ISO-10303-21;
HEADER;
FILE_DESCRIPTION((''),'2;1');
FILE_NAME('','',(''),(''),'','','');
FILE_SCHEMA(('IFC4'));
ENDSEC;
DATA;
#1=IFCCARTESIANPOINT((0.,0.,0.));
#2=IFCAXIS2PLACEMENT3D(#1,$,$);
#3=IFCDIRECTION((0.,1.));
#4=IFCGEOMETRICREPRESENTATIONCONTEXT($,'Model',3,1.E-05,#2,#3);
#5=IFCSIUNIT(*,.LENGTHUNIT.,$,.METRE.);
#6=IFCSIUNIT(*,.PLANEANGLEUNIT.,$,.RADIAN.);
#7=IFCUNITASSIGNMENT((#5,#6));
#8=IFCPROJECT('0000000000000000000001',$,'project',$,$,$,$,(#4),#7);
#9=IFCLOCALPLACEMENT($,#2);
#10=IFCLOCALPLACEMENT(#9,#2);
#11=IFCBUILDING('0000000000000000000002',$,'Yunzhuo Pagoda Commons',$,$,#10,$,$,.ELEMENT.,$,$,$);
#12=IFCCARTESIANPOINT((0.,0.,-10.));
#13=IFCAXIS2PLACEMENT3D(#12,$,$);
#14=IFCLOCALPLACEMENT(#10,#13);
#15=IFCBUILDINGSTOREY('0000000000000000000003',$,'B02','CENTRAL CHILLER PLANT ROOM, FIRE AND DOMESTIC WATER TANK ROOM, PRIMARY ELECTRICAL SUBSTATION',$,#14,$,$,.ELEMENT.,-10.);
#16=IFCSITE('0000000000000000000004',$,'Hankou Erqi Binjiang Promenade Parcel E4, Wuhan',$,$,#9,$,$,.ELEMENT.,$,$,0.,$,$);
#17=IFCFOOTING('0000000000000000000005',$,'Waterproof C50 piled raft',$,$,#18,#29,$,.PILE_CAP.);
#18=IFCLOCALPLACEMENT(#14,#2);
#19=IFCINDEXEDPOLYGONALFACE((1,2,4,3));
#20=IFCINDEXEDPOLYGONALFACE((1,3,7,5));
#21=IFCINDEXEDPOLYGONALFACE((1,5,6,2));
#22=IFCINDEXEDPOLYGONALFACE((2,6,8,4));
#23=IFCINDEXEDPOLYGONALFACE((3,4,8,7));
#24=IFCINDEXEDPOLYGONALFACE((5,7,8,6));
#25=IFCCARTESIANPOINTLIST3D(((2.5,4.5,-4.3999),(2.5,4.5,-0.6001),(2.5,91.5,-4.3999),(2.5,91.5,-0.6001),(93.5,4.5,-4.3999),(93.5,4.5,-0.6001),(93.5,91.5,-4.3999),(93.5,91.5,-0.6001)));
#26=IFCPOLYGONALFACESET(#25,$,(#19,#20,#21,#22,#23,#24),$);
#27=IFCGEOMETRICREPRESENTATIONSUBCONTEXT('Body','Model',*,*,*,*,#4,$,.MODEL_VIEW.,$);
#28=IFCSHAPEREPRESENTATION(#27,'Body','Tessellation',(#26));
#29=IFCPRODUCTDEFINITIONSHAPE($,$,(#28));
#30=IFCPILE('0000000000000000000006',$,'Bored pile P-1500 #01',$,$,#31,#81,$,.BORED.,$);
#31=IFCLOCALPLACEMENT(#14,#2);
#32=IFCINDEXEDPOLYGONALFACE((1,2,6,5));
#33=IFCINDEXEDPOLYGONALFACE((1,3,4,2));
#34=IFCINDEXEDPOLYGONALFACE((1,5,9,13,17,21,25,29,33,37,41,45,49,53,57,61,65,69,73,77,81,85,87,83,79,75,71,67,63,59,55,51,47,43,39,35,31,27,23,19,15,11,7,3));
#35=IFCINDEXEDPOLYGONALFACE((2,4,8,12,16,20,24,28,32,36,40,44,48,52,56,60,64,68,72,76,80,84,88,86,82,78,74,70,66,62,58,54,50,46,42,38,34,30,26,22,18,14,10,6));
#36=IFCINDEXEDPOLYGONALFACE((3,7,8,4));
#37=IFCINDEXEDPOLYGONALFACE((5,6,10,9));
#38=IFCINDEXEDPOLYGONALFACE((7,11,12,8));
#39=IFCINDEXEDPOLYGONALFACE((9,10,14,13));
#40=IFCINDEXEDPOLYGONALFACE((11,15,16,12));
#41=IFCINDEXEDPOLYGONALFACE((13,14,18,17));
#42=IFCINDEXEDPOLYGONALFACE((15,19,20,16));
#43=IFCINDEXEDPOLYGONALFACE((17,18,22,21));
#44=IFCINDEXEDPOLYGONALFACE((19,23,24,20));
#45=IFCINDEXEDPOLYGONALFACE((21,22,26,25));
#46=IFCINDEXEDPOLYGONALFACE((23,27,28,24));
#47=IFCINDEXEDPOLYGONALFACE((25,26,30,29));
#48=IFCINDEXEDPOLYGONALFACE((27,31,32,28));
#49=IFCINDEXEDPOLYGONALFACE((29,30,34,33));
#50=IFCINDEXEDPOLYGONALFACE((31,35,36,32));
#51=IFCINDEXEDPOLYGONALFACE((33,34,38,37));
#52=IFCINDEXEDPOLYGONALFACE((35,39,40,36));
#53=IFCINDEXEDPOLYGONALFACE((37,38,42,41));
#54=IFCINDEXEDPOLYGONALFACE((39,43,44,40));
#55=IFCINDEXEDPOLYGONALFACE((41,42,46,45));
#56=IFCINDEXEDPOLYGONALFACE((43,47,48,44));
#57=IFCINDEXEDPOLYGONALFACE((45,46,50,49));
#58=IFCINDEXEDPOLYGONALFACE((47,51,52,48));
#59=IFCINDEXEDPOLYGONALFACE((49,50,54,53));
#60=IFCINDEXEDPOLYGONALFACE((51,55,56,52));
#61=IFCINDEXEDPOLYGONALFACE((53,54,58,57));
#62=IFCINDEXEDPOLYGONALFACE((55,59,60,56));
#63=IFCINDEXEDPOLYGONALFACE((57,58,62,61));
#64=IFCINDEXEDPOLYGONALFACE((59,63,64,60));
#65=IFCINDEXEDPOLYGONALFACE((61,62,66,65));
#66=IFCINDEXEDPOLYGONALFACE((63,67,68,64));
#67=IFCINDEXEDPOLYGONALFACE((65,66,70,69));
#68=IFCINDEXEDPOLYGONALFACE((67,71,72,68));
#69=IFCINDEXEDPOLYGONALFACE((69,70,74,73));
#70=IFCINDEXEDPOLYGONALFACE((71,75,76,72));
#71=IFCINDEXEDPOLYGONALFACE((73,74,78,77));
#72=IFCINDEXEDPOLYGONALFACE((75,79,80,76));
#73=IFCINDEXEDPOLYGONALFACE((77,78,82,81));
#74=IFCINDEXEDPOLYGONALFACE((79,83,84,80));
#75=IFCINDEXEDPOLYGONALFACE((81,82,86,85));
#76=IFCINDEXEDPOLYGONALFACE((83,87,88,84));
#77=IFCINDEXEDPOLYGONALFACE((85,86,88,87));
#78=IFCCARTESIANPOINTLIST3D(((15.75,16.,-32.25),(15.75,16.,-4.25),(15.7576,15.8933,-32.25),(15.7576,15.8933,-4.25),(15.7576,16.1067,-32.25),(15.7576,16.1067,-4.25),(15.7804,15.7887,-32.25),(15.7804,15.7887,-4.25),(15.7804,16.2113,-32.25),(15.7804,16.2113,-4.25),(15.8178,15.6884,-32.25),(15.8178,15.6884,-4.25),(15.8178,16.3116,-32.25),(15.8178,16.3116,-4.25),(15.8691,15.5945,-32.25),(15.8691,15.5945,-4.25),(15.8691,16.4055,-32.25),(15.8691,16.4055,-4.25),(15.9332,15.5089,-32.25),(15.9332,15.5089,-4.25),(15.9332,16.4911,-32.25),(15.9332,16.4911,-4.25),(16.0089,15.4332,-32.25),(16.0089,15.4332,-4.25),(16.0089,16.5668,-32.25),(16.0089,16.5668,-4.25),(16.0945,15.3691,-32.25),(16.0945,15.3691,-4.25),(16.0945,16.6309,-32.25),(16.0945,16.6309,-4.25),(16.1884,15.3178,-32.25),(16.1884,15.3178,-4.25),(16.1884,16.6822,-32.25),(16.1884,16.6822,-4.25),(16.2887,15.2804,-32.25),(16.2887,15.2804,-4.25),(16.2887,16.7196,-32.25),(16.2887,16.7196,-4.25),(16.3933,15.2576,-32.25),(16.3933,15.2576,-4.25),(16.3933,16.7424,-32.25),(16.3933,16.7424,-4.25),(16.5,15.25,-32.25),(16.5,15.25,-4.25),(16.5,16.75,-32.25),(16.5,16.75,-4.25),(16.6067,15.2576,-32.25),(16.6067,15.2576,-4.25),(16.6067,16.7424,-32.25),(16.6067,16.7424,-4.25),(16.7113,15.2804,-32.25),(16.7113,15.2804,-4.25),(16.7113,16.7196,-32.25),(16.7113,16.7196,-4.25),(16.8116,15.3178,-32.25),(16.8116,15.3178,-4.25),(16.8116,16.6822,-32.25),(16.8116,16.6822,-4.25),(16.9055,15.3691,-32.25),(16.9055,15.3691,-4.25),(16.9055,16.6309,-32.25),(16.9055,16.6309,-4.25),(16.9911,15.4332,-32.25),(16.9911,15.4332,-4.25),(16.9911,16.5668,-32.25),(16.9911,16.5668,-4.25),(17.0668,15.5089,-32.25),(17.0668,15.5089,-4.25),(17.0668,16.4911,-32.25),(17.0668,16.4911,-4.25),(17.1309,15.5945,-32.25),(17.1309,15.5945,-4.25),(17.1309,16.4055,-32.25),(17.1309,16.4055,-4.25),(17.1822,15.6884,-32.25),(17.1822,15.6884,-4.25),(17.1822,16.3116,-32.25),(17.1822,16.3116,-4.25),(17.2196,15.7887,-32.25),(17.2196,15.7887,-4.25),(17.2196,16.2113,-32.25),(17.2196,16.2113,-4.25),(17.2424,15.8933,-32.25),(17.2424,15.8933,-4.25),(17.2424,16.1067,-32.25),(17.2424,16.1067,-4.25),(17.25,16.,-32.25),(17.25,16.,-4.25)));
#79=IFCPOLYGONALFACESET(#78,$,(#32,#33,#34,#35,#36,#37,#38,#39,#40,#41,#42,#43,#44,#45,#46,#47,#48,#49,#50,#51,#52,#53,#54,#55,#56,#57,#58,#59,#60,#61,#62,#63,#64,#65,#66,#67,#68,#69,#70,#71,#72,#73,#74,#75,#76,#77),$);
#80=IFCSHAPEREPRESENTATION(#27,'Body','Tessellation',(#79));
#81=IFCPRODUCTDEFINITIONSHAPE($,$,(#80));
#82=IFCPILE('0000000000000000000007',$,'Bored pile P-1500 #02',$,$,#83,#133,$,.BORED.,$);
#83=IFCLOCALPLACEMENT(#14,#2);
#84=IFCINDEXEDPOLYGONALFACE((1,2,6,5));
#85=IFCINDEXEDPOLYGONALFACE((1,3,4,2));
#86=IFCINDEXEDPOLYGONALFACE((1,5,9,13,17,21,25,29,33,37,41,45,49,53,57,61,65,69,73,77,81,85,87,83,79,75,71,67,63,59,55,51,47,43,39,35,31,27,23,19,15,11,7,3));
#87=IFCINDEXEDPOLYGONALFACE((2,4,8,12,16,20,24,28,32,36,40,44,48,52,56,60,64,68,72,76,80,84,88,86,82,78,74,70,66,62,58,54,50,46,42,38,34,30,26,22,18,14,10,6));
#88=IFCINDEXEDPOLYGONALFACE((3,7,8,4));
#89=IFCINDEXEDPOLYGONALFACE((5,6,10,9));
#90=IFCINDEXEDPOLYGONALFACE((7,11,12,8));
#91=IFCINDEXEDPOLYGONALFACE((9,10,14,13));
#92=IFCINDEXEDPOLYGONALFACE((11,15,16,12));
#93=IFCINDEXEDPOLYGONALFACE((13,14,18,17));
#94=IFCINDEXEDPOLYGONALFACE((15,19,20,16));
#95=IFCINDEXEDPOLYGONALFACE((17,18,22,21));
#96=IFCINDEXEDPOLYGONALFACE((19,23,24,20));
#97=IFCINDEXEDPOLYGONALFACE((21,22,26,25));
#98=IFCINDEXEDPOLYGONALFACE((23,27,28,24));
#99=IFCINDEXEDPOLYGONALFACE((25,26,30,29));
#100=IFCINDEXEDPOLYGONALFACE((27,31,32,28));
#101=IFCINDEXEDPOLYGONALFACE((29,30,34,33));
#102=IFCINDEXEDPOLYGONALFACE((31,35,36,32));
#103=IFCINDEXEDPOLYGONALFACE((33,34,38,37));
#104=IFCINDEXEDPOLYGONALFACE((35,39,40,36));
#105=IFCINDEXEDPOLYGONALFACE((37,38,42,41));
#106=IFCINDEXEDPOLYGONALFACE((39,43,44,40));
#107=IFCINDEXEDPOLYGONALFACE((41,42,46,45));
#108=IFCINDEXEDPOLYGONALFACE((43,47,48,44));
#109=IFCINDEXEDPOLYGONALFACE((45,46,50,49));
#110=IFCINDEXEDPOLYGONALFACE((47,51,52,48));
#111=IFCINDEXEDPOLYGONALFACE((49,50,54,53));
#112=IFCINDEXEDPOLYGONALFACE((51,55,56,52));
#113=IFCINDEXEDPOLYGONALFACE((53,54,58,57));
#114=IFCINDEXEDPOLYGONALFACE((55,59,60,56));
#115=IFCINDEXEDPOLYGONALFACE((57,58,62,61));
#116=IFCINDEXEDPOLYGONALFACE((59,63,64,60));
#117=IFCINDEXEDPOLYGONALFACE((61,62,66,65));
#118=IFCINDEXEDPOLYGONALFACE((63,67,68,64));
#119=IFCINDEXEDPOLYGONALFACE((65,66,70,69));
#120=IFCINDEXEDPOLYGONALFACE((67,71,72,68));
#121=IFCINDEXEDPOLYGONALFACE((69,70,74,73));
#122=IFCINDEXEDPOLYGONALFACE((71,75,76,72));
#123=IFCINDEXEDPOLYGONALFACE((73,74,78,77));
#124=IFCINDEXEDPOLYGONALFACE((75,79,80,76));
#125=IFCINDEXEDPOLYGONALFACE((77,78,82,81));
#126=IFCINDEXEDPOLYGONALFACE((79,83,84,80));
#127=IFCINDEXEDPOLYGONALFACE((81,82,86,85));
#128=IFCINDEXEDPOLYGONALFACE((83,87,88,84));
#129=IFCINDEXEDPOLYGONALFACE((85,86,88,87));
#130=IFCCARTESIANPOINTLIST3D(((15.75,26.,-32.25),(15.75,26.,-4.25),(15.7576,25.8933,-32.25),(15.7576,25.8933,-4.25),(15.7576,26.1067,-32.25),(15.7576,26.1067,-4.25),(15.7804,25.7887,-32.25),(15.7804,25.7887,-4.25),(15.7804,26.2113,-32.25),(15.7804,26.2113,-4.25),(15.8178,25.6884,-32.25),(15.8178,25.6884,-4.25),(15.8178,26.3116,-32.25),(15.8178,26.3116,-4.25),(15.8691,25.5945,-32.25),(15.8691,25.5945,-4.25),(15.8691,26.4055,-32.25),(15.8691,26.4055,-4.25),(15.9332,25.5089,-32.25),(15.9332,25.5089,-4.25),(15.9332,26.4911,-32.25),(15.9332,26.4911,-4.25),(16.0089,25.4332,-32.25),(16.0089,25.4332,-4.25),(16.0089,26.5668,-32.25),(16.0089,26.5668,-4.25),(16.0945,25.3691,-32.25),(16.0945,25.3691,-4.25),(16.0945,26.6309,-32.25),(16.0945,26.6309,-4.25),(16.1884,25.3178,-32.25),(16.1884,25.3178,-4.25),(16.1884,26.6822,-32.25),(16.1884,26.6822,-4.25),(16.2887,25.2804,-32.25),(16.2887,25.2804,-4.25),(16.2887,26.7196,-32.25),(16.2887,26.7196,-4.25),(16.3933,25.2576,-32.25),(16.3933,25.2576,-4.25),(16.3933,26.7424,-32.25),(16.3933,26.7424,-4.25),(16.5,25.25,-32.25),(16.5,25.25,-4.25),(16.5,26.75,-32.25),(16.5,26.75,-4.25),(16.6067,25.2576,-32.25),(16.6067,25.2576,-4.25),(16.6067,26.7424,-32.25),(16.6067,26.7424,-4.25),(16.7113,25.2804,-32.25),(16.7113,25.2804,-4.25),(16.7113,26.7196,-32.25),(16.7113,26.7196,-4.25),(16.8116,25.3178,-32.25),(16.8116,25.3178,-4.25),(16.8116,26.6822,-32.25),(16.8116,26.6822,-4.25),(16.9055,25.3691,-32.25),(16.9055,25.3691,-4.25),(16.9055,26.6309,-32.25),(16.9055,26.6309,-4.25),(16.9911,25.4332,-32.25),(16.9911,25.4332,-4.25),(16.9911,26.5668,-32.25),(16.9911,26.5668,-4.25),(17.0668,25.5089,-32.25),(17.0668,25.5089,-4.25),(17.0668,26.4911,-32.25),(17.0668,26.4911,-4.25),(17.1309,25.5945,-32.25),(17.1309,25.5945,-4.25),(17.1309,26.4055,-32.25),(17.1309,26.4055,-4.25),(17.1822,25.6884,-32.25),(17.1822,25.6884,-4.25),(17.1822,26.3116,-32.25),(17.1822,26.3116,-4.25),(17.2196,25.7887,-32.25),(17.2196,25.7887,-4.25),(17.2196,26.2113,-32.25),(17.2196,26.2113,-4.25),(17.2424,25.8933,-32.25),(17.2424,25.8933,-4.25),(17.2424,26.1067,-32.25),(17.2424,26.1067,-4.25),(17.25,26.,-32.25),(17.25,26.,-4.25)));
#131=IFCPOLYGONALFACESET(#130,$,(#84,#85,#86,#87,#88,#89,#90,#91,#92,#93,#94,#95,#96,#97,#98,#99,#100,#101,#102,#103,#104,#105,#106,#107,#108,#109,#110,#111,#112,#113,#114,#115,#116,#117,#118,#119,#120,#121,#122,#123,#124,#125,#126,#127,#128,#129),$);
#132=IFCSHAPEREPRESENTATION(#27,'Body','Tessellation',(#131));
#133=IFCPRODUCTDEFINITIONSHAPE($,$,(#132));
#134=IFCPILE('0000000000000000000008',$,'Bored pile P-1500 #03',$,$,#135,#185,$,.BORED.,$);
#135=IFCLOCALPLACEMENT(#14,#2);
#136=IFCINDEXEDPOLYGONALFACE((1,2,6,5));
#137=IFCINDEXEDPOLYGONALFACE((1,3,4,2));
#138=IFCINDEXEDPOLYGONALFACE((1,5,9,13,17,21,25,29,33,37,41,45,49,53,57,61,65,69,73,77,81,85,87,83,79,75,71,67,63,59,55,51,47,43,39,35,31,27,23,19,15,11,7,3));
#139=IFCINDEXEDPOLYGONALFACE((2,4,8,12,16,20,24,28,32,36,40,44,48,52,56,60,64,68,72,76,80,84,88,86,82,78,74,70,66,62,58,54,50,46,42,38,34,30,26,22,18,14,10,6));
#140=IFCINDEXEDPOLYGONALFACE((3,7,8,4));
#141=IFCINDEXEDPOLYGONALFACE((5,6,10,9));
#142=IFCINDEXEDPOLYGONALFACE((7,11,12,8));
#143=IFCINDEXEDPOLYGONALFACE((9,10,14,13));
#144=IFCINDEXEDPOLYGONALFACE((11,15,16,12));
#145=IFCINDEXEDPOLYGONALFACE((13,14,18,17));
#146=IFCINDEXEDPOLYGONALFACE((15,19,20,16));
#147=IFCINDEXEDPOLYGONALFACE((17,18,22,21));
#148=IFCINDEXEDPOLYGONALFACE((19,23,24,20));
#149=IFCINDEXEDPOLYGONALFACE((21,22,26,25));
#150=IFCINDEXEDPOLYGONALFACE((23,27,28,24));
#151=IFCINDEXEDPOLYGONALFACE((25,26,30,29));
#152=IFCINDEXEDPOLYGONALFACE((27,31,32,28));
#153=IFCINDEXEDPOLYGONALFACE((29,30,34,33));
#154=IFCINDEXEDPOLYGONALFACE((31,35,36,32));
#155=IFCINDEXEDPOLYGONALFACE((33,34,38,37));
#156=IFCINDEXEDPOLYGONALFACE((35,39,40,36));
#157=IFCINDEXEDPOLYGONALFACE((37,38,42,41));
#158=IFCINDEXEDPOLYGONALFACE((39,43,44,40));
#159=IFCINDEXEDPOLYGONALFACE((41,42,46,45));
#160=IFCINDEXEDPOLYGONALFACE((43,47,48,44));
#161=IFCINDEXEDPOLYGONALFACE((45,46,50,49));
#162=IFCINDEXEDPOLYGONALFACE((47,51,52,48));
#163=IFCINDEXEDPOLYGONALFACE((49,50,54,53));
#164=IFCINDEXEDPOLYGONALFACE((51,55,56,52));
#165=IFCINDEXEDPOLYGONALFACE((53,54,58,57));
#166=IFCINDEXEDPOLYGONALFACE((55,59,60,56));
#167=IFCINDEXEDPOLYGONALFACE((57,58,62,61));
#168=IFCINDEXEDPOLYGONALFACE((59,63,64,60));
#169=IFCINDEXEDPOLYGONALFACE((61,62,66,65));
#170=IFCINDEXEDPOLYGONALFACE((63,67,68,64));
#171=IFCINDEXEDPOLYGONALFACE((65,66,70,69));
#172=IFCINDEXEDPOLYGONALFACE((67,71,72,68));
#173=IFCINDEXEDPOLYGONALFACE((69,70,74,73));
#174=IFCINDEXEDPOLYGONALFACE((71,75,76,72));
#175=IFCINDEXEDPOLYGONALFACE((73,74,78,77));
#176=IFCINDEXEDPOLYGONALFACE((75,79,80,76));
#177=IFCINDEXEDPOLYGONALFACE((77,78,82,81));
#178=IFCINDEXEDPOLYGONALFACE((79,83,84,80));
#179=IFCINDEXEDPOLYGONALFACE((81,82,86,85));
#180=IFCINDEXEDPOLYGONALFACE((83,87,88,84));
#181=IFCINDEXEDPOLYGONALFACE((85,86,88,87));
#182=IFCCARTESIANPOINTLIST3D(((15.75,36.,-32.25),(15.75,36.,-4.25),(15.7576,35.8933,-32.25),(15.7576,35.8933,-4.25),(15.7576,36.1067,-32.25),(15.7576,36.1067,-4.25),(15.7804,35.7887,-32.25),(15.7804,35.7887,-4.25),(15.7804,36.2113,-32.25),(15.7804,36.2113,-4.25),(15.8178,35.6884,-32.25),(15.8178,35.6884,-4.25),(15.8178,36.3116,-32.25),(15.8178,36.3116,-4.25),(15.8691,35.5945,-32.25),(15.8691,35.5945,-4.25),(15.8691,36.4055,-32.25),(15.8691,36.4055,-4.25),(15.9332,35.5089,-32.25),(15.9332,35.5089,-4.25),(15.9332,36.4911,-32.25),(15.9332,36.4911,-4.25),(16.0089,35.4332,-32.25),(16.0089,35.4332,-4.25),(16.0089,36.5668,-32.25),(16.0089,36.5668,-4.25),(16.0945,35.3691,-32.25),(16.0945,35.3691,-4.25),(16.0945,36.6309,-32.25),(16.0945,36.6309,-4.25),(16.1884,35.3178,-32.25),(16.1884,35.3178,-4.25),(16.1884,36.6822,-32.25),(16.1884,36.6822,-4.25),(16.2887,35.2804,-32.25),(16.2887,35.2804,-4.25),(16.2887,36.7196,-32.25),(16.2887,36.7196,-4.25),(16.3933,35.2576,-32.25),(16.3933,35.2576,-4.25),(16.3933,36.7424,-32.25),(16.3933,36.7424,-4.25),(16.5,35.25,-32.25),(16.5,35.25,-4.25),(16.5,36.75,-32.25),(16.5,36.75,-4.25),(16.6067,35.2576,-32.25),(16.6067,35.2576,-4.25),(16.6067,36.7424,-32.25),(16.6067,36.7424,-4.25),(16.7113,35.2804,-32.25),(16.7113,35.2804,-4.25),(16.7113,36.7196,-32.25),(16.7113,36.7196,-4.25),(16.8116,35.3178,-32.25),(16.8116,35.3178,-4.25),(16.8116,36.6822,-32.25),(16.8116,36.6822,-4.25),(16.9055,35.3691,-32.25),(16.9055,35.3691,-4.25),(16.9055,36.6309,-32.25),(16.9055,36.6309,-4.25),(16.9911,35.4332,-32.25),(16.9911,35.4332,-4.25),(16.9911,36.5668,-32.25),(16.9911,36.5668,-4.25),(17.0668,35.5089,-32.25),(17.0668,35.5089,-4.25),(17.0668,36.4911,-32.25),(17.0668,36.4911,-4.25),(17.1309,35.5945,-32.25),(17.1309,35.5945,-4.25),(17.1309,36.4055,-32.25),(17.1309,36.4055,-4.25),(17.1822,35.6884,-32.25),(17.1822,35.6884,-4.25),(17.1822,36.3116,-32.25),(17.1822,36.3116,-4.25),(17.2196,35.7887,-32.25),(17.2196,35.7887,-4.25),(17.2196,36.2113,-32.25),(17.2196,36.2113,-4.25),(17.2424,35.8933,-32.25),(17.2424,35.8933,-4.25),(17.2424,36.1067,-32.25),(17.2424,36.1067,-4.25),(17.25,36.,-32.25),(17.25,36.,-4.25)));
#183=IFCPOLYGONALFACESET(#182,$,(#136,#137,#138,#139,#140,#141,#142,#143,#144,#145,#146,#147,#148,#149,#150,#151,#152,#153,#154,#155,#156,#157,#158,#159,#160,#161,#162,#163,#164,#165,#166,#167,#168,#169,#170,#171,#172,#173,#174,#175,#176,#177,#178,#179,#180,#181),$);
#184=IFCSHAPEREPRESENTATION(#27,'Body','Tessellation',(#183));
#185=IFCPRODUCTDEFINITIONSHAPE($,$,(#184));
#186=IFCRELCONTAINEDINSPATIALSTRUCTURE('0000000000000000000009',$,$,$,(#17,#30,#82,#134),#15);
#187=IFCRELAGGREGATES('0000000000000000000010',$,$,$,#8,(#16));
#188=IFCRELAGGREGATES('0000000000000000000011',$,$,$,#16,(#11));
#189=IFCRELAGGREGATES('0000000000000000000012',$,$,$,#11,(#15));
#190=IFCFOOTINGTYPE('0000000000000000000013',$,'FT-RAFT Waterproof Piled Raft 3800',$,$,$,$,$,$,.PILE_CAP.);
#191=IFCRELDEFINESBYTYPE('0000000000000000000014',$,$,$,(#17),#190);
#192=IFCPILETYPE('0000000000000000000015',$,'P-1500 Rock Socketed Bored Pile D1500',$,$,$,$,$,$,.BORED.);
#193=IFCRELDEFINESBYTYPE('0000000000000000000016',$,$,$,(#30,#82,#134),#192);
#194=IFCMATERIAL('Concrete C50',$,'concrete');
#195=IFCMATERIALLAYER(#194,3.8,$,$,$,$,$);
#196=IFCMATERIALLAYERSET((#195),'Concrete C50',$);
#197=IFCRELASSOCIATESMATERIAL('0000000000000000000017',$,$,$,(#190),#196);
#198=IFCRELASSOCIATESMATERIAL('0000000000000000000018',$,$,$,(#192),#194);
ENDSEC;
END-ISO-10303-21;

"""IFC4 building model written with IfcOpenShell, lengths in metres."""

from ifc_helpers import new_model, si_unit, direction, frame, origin, origin_2d, place, context, subcontext, project, spatial, polyline, circle, outline, extrude, source, transform, mapped, material, layer, layer_set, material_profile, profile_set, type_object, element, save


model = new_model("IFC4")

# Units and contexts
model_context = context("Model", 3, precision=1e-05, world=origin(), true_north=direction((0.0, 1.0)))
body_context = subcontext(model_context, "Body", "Model", "MODEL_VIEW")
ifc_project = project(units=[si_unit("LENGTHUNIT", "METRE"), si_unit("PLANEANGLEUNIT", "RADIAN")], contexts=[model_context])

# Site, building, storey
site_placement = place(None, origin())
site = spatial("IfcSite", under=ifc_project, at=site_placement, Name="Hankou Erqi Binjiang Promenade Parcel E4, Wuhan", CompositionType="ELEMENT", RefElevation=0.0)
building_placement = place(site_placement, origin())
building = spatial("IfcBuilding", under=site, at=building_placement, Name="Yunzhuo Pagoda Commons", CompositionType="ELEMENT")
storey_placement = place(building_placement, frame((0.0, 0.0, -10.0)))
storey = spatial("IfcBuildingStorey", under=building, at=storey_placement, Name="B02", Description="CENTRAL CHILLER PLANT ROOM, FIRE AND DOMESTIC WATER TANK ROOM, PRIMARY ELECTRICAL SUBSTATION", CompositionType="ELEMENT", Elevation=-10.0)

# Footing
ifc_material_1 = material(Name="Concrete C50", Category="concrete")
ifc_layer_1 = layer(ifc_material_1, 3.8)
ifc_layer_set_1 = layer_set([ifc_layer_1], Name="Concrete C50")
footing_type_1 = type_object("IfcFootingType", Name="FT-RAFT Waterproof Piled Raft 3800", PredefinedType="PILE_CAP", material=ifc_layer_set_1)
footing_1_placement = place(storey_placement, frame((0.0, 0.0, -4.3999)))
element("IfcFooting", 1, at=footing_1_placement, inside=storey, type_object=footing_type_1, Name="Waterproof C50 piled raft", PredefinedType="PILE_CAP", context=body_context, shape_type="SweptSolid", body=[
    extrude(outline(polyline([(2.5, 4.5), (93.5, 4.5), (93.5, 91.5), (2.5, 91.5), (2.5, 4.5)])), origin(), (0.0, 0.0, 1.0), 3.7998),
])

# Piles
ifc_material_profile_1 = material_profile(ifc_material_1, circle(Radius=0.75, at=origin_2d()), Name="Concrete C50")
ifc_profile_set_1 = profile_set([ifc_material_profile_1], Name="Concrete C50")
pile_type_1 = type_object("IfcPileType", Name="P-1500 Rock Socketed Bored Pile D1500", PredefinedType="BORED", material=ifc_profile_set_1)
shared_shape_1 = source(origin(), body_context, "Body", "SweptSolid", [
    extrude(circle(Radius=0.75, at=origin_2d()), origin(), (0.0, 0.0, 1.0), 28.0),
])
for number, where, z_axis, x_axis, name in (
    (2, (16.5, 16.0, -4.25), (0.0, 0.0, -1.0), (1.0, 0.0, 0.0), "Bored pile P-1500 #01"),
    (3, (16.5, 26.0, -4.25), (0.0, 0.0, -1.0), (1.0, 0.0, 0.0), "Bored pile P-1500 #02"),
    (4, (16.5, 36.0, -4.25), (0.0, 0.0, -1.0), (1.0, 0.0, 0.0), "Bored pile P-1500 #03"),
):
    element("IfcPile", number, at=place(storey_placement, frame(where, z_axis=z_axis, x_axis=x_axis)), inside=storey, type_object=pile_type_1, Name=name, PredefinedType="BORED", context=body_context, shape_type="MappedRepresentation", body=[
        mapped(shared_shape_1, transform((0.0, 0.0, 0.0), scale=1.0)),
    ])

save(model, "model.ifc")
